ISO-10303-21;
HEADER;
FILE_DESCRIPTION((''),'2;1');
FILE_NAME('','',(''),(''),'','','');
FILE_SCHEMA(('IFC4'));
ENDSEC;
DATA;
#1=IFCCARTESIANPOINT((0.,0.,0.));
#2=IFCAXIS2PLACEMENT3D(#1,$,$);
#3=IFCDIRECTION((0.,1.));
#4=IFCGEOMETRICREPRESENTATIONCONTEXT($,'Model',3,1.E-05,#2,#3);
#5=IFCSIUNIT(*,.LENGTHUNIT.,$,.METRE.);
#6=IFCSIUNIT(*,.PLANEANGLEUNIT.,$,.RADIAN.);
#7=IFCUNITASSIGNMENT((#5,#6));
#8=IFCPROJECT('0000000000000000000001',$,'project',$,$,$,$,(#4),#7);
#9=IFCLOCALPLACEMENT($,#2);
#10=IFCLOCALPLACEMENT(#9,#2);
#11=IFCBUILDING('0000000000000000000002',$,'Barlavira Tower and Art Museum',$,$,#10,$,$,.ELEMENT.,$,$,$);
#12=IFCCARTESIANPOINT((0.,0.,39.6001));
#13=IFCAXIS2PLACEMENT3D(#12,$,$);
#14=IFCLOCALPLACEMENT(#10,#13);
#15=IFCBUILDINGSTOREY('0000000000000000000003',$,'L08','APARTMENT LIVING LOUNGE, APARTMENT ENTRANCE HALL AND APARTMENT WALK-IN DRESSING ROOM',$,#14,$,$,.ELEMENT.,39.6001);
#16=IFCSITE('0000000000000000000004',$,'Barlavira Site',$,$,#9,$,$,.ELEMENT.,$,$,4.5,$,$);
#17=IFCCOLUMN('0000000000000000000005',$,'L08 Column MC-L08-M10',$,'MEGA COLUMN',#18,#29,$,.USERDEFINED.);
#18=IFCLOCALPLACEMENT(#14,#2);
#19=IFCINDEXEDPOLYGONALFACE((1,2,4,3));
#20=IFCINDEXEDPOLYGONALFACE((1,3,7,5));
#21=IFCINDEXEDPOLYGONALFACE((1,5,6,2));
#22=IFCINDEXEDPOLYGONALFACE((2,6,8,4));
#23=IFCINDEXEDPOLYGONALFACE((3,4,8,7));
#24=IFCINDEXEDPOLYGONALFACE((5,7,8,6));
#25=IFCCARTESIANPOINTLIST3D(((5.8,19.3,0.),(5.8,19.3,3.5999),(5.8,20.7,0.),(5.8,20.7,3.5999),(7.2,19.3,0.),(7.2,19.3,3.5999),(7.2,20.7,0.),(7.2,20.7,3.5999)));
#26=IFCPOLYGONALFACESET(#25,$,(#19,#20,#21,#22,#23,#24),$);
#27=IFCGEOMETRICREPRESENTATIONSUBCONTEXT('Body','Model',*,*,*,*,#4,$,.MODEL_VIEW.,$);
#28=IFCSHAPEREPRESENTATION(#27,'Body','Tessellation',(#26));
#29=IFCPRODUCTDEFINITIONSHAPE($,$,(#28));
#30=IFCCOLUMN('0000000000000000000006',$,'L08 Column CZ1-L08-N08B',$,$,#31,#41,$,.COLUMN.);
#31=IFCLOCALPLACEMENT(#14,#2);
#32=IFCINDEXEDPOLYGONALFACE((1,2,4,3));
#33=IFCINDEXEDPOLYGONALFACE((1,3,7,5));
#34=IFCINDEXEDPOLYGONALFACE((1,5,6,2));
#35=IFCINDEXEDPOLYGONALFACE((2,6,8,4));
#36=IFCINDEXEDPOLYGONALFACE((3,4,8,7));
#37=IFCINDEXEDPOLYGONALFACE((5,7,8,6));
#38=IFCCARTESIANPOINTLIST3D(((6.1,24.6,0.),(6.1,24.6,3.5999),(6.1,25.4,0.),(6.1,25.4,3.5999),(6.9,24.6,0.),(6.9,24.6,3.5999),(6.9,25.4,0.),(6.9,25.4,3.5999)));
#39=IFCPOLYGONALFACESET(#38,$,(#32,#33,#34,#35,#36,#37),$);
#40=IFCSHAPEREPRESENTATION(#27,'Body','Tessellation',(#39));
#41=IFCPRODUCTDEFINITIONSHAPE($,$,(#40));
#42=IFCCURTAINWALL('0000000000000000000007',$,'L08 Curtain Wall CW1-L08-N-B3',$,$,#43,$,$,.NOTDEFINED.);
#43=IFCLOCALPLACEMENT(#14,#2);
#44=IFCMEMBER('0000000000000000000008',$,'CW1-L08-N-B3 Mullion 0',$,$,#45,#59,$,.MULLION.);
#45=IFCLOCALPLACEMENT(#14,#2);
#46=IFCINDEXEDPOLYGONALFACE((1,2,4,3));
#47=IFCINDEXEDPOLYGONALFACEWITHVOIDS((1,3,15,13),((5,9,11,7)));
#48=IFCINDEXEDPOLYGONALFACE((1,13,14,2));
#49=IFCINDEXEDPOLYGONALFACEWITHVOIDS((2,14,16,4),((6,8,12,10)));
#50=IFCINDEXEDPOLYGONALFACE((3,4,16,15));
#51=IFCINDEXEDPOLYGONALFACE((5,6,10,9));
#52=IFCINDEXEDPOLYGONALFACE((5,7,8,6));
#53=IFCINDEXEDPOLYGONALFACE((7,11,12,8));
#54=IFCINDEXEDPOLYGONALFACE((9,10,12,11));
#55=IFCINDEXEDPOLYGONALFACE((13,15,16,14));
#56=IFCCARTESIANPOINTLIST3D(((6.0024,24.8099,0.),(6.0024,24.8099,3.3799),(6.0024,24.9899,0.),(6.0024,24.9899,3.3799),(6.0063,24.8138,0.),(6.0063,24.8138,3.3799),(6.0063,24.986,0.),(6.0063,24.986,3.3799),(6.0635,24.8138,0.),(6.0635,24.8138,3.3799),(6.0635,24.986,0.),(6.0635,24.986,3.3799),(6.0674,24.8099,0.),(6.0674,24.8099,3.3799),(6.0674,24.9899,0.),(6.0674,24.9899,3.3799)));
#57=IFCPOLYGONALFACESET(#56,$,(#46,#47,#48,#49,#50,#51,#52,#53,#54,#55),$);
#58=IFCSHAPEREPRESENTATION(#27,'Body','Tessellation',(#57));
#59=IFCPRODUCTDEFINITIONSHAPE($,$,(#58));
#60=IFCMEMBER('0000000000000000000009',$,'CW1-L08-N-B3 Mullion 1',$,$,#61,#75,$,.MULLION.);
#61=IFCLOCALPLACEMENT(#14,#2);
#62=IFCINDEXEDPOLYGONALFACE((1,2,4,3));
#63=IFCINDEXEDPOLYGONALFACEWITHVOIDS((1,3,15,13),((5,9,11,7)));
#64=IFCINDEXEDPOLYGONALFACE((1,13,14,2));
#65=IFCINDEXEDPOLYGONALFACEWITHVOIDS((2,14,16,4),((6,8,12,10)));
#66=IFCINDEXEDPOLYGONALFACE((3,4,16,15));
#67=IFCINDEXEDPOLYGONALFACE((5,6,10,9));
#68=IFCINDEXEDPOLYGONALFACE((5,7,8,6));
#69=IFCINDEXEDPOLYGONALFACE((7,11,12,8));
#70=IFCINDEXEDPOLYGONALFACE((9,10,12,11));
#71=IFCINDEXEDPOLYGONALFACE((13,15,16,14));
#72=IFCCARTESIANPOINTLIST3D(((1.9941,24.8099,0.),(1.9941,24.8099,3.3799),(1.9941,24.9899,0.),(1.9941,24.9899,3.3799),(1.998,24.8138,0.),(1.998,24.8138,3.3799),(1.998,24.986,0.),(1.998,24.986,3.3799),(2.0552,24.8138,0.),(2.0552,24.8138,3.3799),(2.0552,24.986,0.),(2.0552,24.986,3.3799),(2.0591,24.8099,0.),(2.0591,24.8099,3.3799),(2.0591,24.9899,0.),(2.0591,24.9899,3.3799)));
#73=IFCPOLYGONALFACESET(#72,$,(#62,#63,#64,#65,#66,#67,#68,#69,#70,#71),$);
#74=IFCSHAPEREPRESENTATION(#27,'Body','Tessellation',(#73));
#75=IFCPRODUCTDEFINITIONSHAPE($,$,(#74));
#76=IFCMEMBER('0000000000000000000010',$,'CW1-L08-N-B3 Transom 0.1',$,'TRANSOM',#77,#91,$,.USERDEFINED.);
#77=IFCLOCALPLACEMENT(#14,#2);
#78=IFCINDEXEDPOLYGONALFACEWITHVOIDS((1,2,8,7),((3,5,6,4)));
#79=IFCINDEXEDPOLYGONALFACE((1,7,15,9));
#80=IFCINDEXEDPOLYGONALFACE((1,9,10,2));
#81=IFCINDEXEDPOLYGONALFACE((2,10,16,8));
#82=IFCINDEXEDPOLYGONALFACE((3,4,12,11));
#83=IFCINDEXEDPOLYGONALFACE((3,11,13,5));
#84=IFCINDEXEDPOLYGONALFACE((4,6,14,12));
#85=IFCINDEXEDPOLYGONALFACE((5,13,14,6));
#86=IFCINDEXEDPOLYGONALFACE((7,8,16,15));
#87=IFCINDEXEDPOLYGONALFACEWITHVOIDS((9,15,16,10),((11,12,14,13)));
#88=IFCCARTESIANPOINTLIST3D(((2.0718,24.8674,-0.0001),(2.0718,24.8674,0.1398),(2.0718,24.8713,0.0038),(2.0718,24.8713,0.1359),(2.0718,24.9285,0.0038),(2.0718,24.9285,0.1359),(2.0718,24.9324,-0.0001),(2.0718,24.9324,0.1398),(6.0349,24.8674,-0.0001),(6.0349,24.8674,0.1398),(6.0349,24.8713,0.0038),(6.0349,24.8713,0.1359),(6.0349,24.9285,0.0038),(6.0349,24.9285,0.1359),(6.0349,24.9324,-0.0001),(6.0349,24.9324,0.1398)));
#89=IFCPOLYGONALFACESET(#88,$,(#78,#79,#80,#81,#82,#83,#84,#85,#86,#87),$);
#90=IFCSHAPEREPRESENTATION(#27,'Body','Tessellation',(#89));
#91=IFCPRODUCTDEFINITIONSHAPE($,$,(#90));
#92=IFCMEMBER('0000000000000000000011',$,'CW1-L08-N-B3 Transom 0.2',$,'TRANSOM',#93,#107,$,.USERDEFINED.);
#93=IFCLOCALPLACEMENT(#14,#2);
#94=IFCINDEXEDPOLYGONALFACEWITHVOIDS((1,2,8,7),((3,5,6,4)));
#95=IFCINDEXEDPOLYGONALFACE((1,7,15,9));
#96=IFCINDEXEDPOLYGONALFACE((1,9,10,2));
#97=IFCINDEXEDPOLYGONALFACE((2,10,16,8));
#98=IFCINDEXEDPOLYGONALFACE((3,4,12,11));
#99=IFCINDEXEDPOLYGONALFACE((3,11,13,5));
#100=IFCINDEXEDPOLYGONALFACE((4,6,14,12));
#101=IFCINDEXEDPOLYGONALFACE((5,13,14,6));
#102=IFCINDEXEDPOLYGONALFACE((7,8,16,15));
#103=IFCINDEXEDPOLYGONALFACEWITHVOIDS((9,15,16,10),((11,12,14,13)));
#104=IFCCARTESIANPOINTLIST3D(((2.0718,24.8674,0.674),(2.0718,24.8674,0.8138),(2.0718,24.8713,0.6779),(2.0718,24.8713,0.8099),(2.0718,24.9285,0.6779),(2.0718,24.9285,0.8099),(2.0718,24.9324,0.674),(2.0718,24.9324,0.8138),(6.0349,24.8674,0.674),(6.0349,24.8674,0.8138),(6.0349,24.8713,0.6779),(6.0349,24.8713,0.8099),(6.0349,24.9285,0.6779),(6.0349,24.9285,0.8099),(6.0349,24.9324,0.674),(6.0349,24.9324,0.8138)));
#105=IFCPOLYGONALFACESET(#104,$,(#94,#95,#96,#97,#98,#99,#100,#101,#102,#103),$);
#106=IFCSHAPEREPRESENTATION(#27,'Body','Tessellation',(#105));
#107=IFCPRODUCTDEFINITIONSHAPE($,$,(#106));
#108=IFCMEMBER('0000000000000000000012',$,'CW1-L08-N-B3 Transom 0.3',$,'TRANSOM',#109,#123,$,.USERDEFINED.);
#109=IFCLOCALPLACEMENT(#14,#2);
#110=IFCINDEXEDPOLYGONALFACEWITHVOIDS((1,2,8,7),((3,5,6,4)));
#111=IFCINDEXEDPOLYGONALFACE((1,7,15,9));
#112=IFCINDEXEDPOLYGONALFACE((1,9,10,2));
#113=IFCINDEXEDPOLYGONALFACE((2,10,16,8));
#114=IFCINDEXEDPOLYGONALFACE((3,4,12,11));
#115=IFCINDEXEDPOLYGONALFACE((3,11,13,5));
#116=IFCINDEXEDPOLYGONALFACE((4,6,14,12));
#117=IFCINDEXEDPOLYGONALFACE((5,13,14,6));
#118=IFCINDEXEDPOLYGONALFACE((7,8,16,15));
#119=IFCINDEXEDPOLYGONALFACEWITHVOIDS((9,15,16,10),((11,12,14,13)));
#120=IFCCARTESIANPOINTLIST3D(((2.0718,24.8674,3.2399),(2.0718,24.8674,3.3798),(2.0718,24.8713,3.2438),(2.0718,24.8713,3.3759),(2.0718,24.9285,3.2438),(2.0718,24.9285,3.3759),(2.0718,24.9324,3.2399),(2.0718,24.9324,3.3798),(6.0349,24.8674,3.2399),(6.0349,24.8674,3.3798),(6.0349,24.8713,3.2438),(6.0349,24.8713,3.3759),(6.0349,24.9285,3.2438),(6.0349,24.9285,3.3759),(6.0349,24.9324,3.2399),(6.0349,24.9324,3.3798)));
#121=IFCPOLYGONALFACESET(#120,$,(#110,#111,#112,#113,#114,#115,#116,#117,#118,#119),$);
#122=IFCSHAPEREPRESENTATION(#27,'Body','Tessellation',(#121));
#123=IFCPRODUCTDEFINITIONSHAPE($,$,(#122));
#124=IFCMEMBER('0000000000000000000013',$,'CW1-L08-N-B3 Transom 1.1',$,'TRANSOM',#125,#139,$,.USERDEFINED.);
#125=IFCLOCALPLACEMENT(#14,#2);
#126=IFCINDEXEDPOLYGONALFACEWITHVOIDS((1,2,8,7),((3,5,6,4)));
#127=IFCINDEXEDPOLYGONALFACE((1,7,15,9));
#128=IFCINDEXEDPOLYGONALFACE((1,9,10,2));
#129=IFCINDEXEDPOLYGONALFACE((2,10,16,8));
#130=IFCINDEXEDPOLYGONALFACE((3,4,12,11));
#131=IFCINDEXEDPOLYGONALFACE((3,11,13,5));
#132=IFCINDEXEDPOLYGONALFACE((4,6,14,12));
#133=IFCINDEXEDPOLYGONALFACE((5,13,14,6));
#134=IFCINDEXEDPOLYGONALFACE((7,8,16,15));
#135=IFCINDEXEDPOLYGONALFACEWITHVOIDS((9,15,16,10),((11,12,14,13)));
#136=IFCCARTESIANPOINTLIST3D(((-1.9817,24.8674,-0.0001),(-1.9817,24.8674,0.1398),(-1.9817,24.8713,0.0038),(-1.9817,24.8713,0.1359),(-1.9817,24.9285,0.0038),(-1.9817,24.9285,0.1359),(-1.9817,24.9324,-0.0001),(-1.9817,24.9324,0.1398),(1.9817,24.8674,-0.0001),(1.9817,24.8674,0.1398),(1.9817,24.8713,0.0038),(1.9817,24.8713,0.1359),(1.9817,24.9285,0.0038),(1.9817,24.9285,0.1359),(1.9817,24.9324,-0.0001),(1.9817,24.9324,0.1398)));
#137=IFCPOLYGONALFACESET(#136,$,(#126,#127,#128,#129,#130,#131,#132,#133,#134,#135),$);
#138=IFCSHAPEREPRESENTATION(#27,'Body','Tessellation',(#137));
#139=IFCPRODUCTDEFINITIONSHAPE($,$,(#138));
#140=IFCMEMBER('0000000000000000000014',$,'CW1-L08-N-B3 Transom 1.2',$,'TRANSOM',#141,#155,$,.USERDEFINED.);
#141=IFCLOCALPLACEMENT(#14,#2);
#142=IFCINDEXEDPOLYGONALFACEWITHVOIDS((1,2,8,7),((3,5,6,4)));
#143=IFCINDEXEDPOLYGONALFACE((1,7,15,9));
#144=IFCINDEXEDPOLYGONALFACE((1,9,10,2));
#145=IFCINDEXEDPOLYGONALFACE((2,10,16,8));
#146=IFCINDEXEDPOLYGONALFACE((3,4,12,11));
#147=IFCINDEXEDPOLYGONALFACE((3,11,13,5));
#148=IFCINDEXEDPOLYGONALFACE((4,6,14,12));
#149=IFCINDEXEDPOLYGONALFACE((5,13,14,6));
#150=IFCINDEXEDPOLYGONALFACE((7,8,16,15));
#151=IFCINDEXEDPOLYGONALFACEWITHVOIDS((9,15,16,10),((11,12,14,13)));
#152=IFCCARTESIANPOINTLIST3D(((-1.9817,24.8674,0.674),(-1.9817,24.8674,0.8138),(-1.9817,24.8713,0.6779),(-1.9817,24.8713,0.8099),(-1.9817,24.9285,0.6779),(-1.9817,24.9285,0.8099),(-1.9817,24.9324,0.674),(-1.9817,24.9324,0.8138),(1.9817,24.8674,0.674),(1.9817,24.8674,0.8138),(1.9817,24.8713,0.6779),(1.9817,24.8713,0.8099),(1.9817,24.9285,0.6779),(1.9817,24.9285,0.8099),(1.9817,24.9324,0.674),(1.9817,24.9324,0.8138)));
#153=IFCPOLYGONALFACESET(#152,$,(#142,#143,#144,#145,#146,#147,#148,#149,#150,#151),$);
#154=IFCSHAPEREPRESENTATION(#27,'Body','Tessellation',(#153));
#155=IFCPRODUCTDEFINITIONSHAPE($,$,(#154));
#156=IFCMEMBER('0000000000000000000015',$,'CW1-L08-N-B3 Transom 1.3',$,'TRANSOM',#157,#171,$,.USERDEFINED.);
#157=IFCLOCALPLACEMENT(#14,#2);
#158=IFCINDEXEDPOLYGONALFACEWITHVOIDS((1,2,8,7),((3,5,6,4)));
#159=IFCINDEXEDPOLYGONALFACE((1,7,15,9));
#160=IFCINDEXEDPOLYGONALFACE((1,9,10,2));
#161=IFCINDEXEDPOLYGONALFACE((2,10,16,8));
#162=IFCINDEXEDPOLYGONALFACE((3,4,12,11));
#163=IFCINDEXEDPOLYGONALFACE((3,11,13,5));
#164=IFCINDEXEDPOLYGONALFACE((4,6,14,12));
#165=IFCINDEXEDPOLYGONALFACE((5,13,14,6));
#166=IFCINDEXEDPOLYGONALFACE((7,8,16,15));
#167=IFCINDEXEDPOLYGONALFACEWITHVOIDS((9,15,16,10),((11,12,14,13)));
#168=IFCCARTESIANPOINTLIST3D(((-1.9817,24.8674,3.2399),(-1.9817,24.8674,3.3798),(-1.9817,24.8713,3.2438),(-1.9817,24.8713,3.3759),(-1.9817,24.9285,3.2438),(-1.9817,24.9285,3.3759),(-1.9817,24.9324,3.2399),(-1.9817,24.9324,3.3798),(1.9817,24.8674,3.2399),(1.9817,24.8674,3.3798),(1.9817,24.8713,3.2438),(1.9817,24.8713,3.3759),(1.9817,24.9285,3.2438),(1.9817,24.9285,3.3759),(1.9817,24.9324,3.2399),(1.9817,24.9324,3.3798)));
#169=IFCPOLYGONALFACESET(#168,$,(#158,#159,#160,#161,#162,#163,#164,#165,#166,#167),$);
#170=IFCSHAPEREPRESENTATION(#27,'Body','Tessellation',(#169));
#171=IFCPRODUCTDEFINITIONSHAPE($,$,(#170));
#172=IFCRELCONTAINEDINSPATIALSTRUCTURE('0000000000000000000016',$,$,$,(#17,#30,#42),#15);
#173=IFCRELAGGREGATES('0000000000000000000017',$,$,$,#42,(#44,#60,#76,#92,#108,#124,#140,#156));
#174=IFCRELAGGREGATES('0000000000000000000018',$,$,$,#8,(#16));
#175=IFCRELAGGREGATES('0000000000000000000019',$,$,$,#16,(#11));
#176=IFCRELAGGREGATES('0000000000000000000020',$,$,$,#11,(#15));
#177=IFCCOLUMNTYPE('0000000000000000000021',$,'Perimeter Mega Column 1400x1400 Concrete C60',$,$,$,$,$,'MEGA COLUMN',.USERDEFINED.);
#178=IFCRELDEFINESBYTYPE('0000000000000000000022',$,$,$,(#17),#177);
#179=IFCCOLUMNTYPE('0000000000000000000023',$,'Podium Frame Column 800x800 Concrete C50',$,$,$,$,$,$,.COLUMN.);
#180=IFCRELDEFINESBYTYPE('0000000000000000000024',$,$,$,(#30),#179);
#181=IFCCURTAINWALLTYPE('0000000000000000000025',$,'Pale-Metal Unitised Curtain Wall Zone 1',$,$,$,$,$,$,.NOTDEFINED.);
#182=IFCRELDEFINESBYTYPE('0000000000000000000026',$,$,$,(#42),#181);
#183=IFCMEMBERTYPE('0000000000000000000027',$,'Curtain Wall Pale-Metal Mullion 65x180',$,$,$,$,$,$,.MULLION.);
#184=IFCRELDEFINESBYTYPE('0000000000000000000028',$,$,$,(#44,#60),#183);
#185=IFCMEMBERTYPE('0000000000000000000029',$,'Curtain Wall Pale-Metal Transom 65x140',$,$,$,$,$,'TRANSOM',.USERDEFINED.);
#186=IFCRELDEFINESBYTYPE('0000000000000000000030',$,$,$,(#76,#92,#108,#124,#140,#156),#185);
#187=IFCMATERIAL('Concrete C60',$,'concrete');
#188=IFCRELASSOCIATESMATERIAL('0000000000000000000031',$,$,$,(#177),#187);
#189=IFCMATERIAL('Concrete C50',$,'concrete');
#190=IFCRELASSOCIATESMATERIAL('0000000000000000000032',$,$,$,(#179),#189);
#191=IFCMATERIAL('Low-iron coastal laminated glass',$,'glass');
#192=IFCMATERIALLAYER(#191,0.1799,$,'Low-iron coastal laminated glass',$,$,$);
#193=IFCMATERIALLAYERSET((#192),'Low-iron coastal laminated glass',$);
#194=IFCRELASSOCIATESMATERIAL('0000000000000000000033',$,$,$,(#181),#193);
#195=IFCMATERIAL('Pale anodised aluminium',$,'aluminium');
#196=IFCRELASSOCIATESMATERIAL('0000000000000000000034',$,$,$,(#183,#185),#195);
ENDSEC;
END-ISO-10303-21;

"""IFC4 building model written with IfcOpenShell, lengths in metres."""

from ifc_helpers import new_model, si_unit, direction, frame, origin, origin_2d, place, context, subcontext, project, spatial, rectangle, hollow_rectangle, extrude, material, layer, layer_set, material_profile, profile_set, type_object, element, aggregate, save


model = new_model("IFC4")

# Units and contexts
model_context = context("Model", 3, precision=1e-05, world=origin(), true_north=direction((0.0, 1.0)))
body_context = subcontext(model_context, "Body", "Model", "MODEL_VIEW")
ifc_project = project(units=[si_unit("LENGTHUNIT", "METRE"), si_unit("PLANEANGLEUNIT", "RADIAN")], contexts=[model_context])

# Site, building, storey
site_placement = place(None, origin())
site = spatial("IfcSite", under=ifc_project, at=site_placement, Name="Barlavira Site", CompositionType="ELEMENT", RefElevation=4.5)
building_placement = place(site_placement, origin())
building = spatial("IfcBuilding", under=site, at=building_placement, Name="Barlavira Tower and Art Museum", CompositionType="ELEMENT")
storey_placement = place(building_placement, frame((0.0, 0.0, 39.6001)))
storey = spatial("IfcBuildingStorey", under=building, at=storey_placement, Name="L08", Description="APARTMENT LIVING LOUNGE, APARTMENT ENTRANCE HALL AND APARTMENT WALK-IN DRESSING ROOM", CompositionType="ELEMENT", Elevation=39.6001)

# Columns
ifc_material_1 = material(Name="Concrete C60", Category="concrete")
ifc_material_profile_1 = material_profile(ifc_material_1, rectangle(XDim=1.3999, YDim=1.3999, at=origin_2d()), Name="RC-MCOL 1400x1400")
ifc_profile_set_1 = profile_set([ifc_material_profile_1], Name="Concrete C60")
column_type_1 = type_object("IfcColumnType", Name="Perimeter Mega Column 1400x1400 Concrete C60", ElementType="MEGA COLUMN", PredefinedType="USERDEFINED", material=ifc_profile_set_1)
column_1_placement = place(storey_placement, frame((6.5, 20.0, 0.0), z_axis=(0.0, 0.0, 1.0), x_axis=(1.0, 0.0, 0.0)))
element("IfcColumn", 1, at=column_1_placement, inside=storey, type_object=column_type_1, Name="L08 Column MC-L08-M10", ObjectType="MEGA COLUMN", PredefinedType="USERDEFINED", context=body_context, shape_type="SweptSolid", body=[
    extrude(rectangle(XDim=1.3999, YDim=1.3999, at=origin_2d()), origin(), (0.0, 0.0, 1.0), 3.5999),
])
ifc_material_2 = material(Name="Concrete C50", Category="concrete")
ifc_material_profile_2 = material_profile(ifc_material_2, rectangle(XDim=0.8, YDim=0.8, at=origin_2d()), Name="RC-COL 800x800")
ifc_profile_set_2 = profile_set([ifc_material_profile_2], Name="Concrete C50")
column_type_2 = type_object("IfcColumnType", Name="Podium Frame Column 800x800 Concrete C50", PredefinedType="COLUMN", material=ifc_profile_set_2)
column_2_placement = place(storey_placement, frame((6.5, 25.0, 0.0), z_axis=(0.0, 0.0, 1.0), x_axis=(1.0, 0.0, 0.0)))
element("IfcColumn", 2, at=column_2_placement, inside=storey, type_object=column_type_2, Name="L08 Column CZ1-L08-N08B", PredefinedType="COLUMN", context=body_context, shape_type="SweptSolid", body=[
    extrude(rectangle(XDim=0.8, YDim=0.8, at=origin_2d()), origin(), (0.0, 0.0, 1.0), 3.5999),
])

# Curtain wall, members
ifc_material_3 = material(Name="Low-iron coastal laminated glass", Category="glass")
ifc_layer_1 = layer(ifc_material_3, 0.1799, Name="Low-iron coastal laminated glass")
ifc_layer_set_1 = layer_set([ifc_layer_1], Name="Low-iron coastal laminated glass")
curtain_wall_type = type_object("IfcCurtainWallType", Name="Pale-Metal Unitised Curtain Wall Zone 1", PredefinedType="NOTDEFINED", material=ifc_layer_set_1)
curtain_wall_placement = place(storey_placement, origin())
curtain_wall = element("IfcCurtainWall", 3, at=curtain_wall_placement, inside=storey, type_object=curtain_wall_type, Name="L08 Curtain Wall CW1-L08-N-B3", PredefinedType="NOTDEFINED")
ifc_material_4 = material(Name="Pale anodised aluminium", Category="aluminium")
ifc_material_profile_3 = material_profile(ifc_material_4, hollow_rectangle(XDim=0.0649, YDim=0.1799, WallThickness=0.0039, at=origin_2d()), Name="ALU-MULL 65x180x4")
ifc_profile_set_3 = profile_set([ifc_material_profile_3], Name="Pale anodised aluminium")
member_type_1 = type_object("IfcMemberType", Name="Curtain Wall Pale-Metal Mullion 65x180", PredefinedType="MULLION", material=ifc_profile_set_3)
member_1_placement = place(storey_placement, frame((6.0349, 24.8999, 0.0), z_axis=(0.0, 0.0, 1.0), x_axis=(-1.0, 0.0, 0.0)))
member_1 = element("IfcMember", 4, at=member_1_placement, type_object=member_type_1, Name="CW1-L08-N-B3 Mullion 0", PredefinedType="MULLION", context=body_context, shape_type="SweptSolid", body=[
    extrude(hollow_rectangle(XDim=0.0649, YDim=0.1799, WallThickness=0.0039, at=origin_2d()), origin(), (0.0, 0.0, 1.0), 3.3799),
])
member_2_placement = place(storey_placement, frame((2.0266, 24.8999, 0.0), z_axis=(0.0, 0.0, 1.0), x_axis=(-1.0, 0.0, 0.0)))
member_2 = element("IfcMember", 5, at=member_2_placement, type_object=member_type_1, Name="CW1-L08-N-B3 Mullion 1", PredefinedType="MULLION", context=body_context, shape_type="SweptSolid", body=[
    extrude(hollow_rectangle(XDim=0.0649, YDim=0.1799, WallThickness=0.0039, at=origin_2d()), origin(), (0.0, 0.0, 1.0), 3.3799),
])
ifc_material_profile_4 = material_profile(ifc_material_4, hollow_rectangle(XDim=0.0649, YDim=0.1399, WallThickness=0.0039, at=origin_2d()), Name="ALU-TRAN 65x140x4")
ifc_profile_set_4 = profile_set([ifc_material_profile_4], Name="Pale anodised aluminium")
member_type_2 = type_object("IfcMemberType", Name="Curtain Wall Pale-Metal Transom 65x140", ElementType="TRANSOM", PredefinedType="USERDEFINED", material=ifc_profile_set_4)
member_3_placement = place(storey_placement, frame((6.0349, 24.8999, 0.0698), z_axis=(-1.0, 0.0, 0.0), x_axis=(0.0, -1.0, 0.0)))
member_3 = element("IfcMember", 6, at=member_3_placement, type_object=member_type_2, Name="CW1-L08-N-B3 Transom 0.1", ObjectType="TRANSOM", PredefinedType="USERDEFINED", context=body_context, shape_type="SweptSolid", body=[
    extrude(hollow_rectangle(XDim=0.0649, YDim=0.1399, WallThickness=0.0039, at=origin_2d()), origin(), (0.0, 0.0, 1.0), 3.9631),
])
member_4_placement = place(storey_placement, frame((6.0349, 24.8999, 0.7439), z_axis=(-1.0, 0.0, 0.0), x_axis=(0.0, -1.0, 0.0)))
member_4 = element("IfcMember", 7, at=member_4_placement, type_object=member_type_2, Name="CW1-L08-N-B3 Transom 0.2", ObjectType="TRANSOM", PredefinedType="USERDEFINED", context=body_context, shape_type="SweptSolid", body=[
    extrude(hollow_rectangle(XDim=0.0649, YDim=0.1399, WallThickness=0.0039, at=origin_2d()), origin(), (0.0, 0.0, 1.0), 3.9631),
])
member_5_placement = place(storey_placement, frame((6.0349, 24.8999, 3.3098), z_axis=(-1.0, 0.0, 0.0), x_axis=(0.0, -1.0, 0.0)))
member_5 = element("IfcMember", 8, at=member_5_placement, type_object=member_type_2, Name="CW1-L08-N-B3 Transom 0.3", ObjectType="TRANSOM", PredefinedType="USERDEFINED", context=body_context, shape_type="SweptSolid", body=[
    extrude(hollow_rectangle(XDim=0.0649, YDim=0.1399, WallThickness=0.0039, at=origin_2d()), origin(), (0.0, 0.0, 1.0), 3.9631),
])
member_6_placement = place(storey_placement, frame((1.9817, 24.8999, 0.0698), z_axis=(-1.0, 0.0, 0.0), x_axis=(0.0, -1.0, 0.0)))
member_6 = element("IfcMember", 9, at=member_6_placement, type_object=member_type_2, Name="CW1-L08-N-B3 Transom 1.1", ObjectType="TRANSOM", PredefinedType="USERDEFINED", context=body_context, shape_type="SweptSolid", body=[
    extrude(hollow_rectangle(XDim=0.0649, YDim=0.1399, WallThickness=0.0039, at=origin_2d()), origin(), (0.0, 0.0, 1.0), 3.9634),
])
member_7_placement = place(storey_placement, frame((1.9817, 24.8999, 0.7439), z_axis=(-1.0, 0.0, 0.0), x_axis=(0.0, -1.0, 0.0)))
member_7 = element("IfcMember", 10, at=member_7_placement, type_object=member_type_2, Name="CW1-L08-N-B3 Transom 1.2", ObjectType="TRANSOM", PredefinedType="USERDEFINED", context=body_context, shape_type="SweptSolid", body=[
    extrude(hollow_rectangle(XDim=0.0649, YDim=0.1399, WallThickness=0.0039, at=origin_2d()), origin(), (0.0, 0.0, 1.0), 3.9634),
])
member_8_placement = place(storey_placement, frame((1.9817, 24.8999, 3.3098), z_axis=(-1.0, 0.0, 0.0), x_axis=(0.0, -1.0, 0.0)))
member_8 = element("IfcMember", 11, at=member_8_placement, type_object=member_type_2, Name="CW1-L08-N-B3 Transom 1.3", ObjectType="TRANSOM", PredefinedType="USERDEFINED", context=body_context, shape_type="SweptSolid", body=[
    extrude(hollow_rectangle(XDim=0.0649, YDim=0.1399, WallThickness=0.0039, at=origin_2d()), origin(), (0.0, 0.0, 1.0), 3.9634),
])

aggregate(curtain_wall, [member_1, member_2, member_3, member_4, member_5, member_6, member_7, member_8])

save(model, "model.ifc")
